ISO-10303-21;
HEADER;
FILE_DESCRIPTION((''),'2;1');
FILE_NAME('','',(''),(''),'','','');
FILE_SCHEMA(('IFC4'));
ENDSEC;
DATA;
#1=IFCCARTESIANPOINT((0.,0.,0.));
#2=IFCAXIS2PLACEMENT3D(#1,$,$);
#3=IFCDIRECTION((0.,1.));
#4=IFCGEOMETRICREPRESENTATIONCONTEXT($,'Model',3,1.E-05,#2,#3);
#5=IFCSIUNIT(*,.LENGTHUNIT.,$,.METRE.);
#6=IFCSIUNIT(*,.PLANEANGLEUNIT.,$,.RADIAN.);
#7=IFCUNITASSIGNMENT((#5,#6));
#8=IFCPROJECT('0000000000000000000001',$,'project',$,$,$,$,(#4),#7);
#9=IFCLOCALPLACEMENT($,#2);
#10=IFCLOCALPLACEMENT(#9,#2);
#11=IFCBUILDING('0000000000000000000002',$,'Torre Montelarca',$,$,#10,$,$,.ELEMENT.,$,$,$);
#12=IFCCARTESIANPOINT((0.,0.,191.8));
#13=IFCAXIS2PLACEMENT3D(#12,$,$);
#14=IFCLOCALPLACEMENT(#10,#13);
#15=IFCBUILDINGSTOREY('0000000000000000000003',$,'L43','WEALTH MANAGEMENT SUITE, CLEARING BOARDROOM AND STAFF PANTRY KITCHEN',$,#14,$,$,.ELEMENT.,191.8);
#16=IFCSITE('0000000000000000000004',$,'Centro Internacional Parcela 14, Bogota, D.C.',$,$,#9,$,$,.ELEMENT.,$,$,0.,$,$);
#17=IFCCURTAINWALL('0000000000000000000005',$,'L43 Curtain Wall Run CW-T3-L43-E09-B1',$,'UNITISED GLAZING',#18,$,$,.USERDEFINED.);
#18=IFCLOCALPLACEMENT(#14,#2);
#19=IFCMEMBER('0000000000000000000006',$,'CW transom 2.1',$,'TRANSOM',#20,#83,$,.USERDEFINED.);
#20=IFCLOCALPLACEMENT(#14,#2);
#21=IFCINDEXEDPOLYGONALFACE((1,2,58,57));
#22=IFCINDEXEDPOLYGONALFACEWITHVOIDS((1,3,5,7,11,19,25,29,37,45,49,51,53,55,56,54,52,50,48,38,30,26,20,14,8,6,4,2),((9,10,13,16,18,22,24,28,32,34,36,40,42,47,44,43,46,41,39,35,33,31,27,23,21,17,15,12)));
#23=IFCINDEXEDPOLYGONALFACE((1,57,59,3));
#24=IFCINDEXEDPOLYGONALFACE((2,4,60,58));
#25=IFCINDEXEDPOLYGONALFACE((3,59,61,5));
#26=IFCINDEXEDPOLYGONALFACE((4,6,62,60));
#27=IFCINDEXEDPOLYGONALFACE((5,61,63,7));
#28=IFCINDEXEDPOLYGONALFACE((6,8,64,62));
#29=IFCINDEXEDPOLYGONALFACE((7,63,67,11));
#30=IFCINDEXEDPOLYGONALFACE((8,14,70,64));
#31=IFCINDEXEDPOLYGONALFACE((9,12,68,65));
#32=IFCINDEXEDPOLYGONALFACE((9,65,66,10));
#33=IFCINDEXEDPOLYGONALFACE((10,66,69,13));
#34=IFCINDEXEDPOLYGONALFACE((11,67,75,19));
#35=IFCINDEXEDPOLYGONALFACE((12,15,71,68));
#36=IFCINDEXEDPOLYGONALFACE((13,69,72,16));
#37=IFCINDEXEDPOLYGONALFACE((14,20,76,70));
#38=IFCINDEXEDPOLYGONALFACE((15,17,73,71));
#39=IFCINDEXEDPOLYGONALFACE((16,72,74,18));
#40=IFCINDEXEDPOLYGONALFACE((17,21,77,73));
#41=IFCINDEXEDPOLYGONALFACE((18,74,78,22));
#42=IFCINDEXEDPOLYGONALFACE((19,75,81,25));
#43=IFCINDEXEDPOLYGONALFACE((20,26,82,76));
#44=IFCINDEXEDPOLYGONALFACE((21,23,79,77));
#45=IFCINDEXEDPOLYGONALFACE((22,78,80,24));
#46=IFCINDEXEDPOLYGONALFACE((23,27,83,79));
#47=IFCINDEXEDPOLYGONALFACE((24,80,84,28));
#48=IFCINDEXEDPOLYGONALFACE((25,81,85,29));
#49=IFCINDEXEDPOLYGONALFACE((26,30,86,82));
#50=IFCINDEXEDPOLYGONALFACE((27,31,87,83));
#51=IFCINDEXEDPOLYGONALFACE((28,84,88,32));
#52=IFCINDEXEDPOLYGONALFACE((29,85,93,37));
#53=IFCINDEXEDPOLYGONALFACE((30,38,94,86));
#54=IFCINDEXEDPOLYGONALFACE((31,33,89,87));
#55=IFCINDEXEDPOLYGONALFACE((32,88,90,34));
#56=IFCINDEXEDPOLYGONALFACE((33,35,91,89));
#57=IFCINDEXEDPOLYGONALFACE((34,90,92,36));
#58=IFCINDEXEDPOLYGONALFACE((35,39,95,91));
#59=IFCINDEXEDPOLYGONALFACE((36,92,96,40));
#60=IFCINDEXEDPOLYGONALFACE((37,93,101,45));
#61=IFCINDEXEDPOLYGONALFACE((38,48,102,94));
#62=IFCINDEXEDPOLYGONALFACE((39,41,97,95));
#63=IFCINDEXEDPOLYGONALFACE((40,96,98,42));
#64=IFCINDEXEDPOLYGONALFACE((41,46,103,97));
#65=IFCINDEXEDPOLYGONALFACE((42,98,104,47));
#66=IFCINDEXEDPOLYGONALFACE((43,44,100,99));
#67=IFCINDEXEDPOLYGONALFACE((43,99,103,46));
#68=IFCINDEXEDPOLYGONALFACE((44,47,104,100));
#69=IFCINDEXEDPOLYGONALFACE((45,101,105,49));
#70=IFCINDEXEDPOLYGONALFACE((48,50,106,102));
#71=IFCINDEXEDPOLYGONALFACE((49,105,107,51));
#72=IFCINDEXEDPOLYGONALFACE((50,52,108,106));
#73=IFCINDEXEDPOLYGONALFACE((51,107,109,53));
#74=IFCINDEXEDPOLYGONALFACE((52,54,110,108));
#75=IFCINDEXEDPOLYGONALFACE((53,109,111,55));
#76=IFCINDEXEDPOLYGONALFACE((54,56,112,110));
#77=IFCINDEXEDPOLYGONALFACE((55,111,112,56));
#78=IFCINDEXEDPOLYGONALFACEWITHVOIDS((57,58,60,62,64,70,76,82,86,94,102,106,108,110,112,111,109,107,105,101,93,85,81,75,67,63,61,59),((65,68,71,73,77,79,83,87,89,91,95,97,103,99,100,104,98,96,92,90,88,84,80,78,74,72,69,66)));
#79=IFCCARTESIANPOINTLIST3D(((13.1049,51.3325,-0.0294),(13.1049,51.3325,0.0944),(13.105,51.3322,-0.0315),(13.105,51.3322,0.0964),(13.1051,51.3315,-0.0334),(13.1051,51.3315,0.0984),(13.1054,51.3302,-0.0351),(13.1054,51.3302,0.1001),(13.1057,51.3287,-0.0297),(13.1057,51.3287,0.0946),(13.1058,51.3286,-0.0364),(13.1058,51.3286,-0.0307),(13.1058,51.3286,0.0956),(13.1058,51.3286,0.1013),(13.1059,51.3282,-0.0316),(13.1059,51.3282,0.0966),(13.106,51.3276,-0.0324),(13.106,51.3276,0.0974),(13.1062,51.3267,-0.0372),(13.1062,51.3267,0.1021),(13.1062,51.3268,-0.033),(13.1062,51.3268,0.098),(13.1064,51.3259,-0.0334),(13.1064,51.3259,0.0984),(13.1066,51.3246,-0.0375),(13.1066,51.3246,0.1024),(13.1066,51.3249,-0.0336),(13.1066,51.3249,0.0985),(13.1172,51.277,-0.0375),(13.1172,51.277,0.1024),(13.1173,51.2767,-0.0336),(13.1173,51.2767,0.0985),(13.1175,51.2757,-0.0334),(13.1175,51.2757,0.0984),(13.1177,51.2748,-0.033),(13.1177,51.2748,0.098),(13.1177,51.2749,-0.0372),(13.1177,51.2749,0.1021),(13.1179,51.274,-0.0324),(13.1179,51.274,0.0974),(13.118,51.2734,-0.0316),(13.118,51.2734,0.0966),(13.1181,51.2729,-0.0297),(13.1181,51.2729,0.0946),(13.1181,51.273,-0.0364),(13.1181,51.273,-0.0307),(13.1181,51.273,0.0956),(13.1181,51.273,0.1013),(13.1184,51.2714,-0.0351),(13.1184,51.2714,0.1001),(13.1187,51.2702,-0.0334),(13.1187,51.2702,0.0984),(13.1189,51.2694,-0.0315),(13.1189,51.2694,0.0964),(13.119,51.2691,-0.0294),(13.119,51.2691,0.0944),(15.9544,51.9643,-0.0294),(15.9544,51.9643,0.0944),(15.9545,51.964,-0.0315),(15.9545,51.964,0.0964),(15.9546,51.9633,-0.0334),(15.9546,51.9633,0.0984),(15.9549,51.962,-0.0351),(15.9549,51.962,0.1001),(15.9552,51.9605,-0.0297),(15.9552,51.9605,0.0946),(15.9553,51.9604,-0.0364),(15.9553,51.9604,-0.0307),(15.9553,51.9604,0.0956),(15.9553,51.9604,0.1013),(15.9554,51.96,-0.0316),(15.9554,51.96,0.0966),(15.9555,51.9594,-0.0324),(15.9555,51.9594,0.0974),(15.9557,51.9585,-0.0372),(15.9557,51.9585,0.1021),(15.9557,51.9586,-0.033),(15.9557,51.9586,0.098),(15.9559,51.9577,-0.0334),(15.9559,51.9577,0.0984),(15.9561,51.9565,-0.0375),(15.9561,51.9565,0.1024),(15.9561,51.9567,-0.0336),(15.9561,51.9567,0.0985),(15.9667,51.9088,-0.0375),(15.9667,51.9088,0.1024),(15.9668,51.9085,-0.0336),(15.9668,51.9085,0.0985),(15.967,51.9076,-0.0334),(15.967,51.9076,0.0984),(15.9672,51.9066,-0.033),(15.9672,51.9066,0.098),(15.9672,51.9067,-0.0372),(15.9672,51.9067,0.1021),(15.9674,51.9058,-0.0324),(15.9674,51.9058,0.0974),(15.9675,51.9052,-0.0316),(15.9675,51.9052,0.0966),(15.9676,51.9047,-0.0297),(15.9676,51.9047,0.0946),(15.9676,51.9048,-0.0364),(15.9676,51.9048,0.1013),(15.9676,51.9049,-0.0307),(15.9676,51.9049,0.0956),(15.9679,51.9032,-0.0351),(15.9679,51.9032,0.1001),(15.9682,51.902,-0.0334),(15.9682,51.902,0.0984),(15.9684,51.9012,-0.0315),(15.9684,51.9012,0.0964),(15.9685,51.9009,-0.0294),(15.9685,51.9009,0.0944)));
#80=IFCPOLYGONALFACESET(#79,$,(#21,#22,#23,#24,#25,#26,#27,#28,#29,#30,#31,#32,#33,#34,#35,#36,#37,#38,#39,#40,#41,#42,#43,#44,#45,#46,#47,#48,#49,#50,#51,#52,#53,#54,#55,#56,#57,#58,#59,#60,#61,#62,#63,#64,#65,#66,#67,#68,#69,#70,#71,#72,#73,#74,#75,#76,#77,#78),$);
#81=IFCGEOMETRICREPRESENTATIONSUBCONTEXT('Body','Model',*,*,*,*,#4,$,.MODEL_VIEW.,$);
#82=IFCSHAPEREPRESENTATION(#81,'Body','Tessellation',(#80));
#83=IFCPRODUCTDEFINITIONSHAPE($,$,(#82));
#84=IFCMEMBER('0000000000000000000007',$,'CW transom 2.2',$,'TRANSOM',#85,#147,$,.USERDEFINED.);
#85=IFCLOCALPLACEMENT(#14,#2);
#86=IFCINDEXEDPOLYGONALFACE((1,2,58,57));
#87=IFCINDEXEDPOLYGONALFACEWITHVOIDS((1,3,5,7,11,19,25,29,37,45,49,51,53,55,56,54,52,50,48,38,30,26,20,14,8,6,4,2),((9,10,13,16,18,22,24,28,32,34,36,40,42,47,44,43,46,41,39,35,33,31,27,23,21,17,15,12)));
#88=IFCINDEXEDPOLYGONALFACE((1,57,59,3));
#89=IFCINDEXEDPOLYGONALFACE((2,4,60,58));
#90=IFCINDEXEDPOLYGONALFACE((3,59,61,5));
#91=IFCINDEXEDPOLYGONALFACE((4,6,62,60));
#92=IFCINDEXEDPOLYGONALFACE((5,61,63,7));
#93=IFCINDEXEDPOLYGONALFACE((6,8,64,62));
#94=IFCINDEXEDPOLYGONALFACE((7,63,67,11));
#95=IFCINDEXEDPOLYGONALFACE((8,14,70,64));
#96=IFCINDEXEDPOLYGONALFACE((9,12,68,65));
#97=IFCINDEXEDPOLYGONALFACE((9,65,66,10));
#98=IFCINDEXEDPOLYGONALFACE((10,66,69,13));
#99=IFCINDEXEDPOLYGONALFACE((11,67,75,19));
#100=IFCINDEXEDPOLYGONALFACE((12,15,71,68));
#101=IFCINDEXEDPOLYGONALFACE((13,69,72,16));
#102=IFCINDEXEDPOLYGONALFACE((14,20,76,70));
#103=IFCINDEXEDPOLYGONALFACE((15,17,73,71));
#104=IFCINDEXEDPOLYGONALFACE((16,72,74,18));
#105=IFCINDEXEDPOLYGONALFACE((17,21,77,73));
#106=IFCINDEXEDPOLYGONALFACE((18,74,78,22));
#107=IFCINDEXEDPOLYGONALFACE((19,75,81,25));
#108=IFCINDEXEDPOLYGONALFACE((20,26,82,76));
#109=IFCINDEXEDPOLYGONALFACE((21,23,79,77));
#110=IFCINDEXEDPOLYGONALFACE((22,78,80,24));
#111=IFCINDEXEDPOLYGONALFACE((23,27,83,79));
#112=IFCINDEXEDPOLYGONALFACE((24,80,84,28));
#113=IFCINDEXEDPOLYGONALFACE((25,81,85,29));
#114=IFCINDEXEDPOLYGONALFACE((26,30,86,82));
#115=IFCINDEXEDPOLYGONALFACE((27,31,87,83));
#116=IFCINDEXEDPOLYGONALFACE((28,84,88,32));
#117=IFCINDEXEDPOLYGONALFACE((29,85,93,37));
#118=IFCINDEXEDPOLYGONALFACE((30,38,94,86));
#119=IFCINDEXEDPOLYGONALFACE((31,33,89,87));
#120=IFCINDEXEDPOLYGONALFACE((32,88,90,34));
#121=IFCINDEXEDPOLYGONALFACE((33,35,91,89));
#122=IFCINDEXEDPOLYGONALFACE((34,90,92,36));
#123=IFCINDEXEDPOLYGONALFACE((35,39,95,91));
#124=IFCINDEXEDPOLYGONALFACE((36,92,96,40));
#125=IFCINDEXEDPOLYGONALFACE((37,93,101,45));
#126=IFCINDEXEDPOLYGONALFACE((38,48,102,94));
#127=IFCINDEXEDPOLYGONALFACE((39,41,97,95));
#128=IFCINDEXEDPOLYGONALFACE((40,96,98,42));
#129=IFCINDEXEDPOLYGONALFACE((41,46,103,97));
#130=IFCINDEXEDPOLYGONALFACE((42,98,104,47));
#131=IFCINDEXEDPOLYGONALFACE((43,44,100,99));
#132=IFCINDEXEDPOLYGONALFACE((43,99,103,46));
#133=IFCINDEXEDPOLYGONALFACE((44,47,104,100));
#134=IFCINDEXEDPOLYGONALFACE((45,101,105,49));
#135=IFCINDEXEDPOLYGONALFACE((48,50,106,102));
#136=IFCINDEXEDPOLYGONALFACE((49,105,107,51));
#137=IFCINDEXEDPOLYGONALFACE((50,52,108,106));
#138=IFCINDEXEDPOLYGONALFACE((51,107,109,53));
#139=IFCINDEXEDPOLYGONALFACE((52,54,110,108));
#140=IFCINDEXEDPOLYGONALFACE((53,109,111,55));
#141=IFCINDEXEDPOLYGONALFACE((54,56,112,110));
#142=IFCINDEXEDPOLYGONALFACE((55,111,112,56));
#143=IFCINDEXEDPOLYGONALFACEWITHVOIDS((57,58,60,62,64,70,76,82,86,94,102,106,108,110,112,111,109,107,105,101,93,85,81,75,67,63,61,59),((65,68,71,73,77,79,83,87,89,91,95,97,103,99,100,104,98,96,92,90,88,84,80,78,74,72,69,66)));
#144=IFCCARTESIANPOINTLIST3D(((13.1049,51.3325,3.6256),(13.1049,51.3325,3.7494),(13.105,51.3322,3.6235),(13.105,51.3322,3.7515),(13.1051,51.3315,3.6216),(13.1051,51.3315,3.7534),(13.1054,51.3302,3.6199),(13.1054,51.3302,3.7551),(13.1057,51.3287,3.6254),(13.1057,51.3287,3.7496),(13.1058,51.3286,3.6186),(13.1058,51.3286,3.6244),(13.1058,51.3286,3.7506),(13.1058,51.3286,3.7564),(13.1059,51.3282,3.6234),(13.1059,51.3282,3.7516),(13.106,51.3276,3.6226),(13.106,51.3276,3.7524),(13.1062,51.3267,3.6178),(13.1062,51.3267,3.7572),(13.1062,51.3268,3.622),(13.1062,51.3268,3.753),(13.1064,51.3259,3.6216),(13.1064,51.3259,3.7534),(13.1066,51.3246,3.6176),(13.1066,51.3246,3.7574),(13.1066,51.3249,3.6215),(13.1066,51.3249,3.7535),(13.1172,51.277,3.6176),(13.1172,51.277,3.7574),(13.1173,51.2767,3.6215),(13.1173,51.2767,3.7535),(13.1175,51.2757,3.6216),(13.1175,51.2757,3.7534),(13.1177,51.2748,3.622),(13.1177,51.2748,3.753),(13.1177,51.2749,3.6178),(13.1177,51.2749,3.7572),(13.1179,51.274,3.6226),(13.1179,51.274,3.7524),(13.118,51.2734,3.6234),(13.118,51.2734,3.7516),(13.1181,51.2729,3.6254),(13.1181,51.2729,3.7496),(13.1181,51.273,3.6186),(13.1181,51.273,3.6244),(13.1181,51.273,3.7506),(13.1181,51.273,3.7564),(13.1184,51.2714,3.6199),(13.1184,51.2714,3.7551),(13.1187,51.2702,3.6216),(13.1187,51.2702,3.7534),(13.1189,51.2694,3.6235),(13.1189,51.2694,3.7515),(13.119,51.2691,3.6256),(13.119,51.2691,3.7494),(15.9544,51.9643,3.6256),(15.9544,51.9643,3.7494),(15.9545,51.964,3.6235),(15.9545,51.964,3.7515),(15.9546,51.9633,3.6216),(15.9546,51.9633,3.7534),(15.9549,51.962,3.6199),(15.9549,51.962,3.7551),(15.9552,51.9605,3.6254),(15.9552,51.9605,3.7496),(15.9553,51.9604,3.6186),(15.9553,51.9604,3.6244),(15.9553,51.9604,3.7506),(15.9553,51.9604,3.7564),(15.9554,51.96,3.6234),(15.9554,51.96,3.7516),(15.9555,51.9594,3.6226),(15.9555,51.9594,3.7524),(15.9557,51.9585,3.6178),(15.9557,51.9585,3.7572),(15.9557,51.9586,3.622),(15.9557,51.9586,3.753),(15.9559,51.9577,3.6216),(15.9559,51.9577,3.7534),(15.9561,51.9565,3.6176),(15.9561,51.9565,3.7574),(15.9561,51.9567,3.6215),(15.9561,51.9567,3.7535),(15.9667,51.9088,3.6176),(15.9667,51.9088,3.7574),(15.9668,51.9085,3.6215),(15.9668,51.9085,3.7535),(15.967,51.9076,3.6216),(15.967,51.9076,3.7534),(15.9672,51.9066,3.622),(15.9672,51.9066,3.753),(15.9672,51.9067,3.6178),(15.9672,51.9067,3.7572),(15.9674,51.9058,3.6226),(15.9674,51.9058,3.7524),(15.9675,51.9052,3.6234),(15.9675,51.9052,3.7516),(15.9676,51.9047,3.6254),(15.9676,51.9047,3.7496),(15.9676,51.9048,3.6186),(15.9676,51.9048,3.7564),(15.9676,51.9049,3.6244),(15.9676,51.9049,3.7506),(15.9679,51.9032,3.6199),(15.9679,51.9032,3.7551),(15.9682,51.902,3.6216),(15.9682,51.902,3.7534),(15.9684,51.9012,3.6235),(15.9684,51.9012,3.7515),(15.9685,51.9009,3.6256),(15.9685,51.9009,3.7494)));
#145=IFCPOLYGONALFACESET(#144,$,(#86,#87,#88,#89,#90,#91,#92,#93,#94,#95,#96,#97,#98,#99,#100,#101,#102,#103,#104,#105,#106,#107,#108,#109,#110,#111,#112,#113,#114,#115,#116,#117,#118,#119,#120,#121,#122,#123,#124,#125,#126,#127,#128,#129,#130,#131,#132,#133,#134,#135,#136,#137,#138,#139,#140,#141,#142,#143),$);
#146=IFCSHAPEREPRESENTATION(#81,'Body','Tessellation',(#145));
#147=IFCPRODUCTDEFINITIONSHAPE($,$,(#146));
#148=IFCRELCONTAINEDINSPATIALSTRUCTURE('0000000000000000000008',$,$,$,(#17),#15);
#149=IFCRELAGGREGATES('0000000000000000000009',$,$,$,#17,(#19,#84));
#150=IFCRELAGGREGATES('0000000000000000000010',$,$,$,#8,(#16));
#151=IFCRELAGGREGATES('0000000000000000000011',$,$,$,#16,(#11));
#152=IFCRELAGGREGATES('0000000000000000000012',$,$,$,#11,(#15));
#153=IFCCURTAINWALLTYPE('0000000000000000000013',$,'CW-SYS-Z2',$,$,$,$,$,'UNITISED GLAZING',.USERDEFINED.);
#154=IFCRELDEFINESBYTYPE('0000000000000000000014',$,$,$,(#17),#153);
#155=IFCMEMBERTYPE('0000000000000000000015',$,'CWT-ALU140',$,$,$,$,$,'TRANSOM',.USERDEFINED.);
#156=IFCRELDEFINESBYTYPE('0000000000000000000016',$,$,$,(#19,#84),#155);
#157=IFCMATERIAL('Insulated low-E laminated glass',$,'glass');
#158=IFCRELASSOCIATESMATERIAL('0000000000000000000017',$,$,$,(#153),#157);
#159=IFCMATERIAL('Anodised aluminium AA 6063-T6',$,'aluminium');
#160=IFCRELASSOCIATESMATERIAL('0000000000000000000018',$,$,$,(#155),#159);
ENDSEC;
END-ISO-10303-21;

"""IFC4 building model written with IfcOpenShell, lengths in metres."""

from ifc_helpers import new_model, si_unit, direction, frame, origin, origin_2d, place, context, subcontext, project, spatial, hollow_rectangle, extrude, source, transform, mapped, material, material_profile, profile_set, type_object, element, aggregate, save


model = new_model("IFC4")

# Units and contexts
model_context = context("Model", 3, precision=1e-05, world=origin(), true_north=direction((0.0, 1.0)))
body_context = subcontext(model_context, "Body", "Model", "MODEL_VIEW")
ifc_project = project(units=[si_unit("LENGTHUNIT", "METRE"), si_unit("PLANEANGLEUNIT", "RADIAN")], contexts=[model_context])

# Site, building, storey
site_placement = place(None, origin())
site = spatial("IfcSite", under=ifc_project, at=site_placement, Name="Centro Internacional Parcela 14, Bogota, D.C.", CompositionType="ELEMENT", RefElevation=0.0)
building_placement = place(site_placement, origin())
building = spatial("IfcBuilding", under=site, at=building_placement, Name="Torre Montelarca", CompositionType="ELEMENT")
storey_placement = place(building_placement, frame((0.0, 0.0, 191.8)))
storey = spatial("IfcBuildingStorey", under=building, at=storey_placement, Name="L43", Description="WEALTH MANAGEMENT SUITE, CLEARING BOARDROOM AND STAFF PANTRY KITCHEN", CompositionType="ELEMENT", Elevation=191.8)

# Curtain wall, members
ifc_material_1 = material(Name="Insulated low-E laminated glass", Category="glass")
curtain_wall_type = type_object("IfcCurtainWallType", Name="CW-SYS-Z2", ElementType="UNITISED GLAZING", PredefinedType="USERDEFINED", material=ifc_material_1)
curtain_wall_1_placement = place(storey_placement, origin())
curtain_wall_1 = element("IfcCurtainWall", 1, at=curtain_wall_1_placement, inside=storey, type_object=curtain_wall_type, Name="L43 Curtain Wall Run CW-T3-L43-E09-B1", ObjectType="UNITISED GLAZING", PredefinedType="USERDEFINED")
ifc_material_2 = material(Name="Anodised aluminium AA 6063-T6", Category="aluminium")
ifc_material_profile_1 = material_profile(ifc_material_2, hollow_rectangle(XDim=0.0649, YDim=0.1399, WallThickness=0.0039, InnerFilletRadius=0.0039, OuterFilletRadius=0.0081, at=origin_2d()), Name="ALU65X140X4", Category="aluminium")
ifc_profile_set_1 = profile_set([ifc_material_profile_1], Name="Anodised aluminium AA 6063-T6")
member_type_1 = type_object("IfcMemberType", Name="CWT-ALU140", ElementType="TRANSOM", PredefinedType="USERDEFINED", material=ifc_profile_set_1)
shared_shape_1 = source(origin(), body_context, "Body", "SweptSolid", [
    extrude(hollow_rectangle(XDim=0.0649, YDim=0.1399, WallThickness=0.0039, InnerFilletRadius=0.0039, OuterFilletRadius=0.0081, at=origin_2d()), origin(), (0.0, 0.0, 1.0), 2.9187),
])
member_1_placement = place(storey_placement, frame((15.9614, 51.9326, 0.0325), z_axis=(-0.976289, -0.21647, 0.0), x_axis=(0.21647, -0.976289, 0.0)))
member_1 = element("IfcMember", 2, at=member_1_placement, type_object=member_type_1, Name="CW transom 2.1", ObjectType="TRANSOM", PredefinedType="USERDEFINED", context=body_context, shape_type="MappedRepresentation", body=[
    mapped(shared_shape_1, transform((0.0, 0.0, 0.0), scale=1.0)),
])
member_2_placement = place(storey_placement, frame((15.9614, 51.9326, 3.6875), z_axis=(-0.976289, -0.21647, 0.0), x_axis=(0.21647, -0.976289, 0.0)))
member_2 = element("IfcMember", 3, at=member_2_placement, type_object=member_type_1, Name="CW transom 2.2", ObjectType="TRANSOM", PredefinedType="USERDEFINED", context=body_context, shape_type="MappedRepresentation", body=[
    mapped(shared_shape_1, transform((0.0, 0.0, 0.0), scale=1.0)),
])

aggregate(curtain_wall_1, [member_1, member_2])

save(model, "model.ifc")
